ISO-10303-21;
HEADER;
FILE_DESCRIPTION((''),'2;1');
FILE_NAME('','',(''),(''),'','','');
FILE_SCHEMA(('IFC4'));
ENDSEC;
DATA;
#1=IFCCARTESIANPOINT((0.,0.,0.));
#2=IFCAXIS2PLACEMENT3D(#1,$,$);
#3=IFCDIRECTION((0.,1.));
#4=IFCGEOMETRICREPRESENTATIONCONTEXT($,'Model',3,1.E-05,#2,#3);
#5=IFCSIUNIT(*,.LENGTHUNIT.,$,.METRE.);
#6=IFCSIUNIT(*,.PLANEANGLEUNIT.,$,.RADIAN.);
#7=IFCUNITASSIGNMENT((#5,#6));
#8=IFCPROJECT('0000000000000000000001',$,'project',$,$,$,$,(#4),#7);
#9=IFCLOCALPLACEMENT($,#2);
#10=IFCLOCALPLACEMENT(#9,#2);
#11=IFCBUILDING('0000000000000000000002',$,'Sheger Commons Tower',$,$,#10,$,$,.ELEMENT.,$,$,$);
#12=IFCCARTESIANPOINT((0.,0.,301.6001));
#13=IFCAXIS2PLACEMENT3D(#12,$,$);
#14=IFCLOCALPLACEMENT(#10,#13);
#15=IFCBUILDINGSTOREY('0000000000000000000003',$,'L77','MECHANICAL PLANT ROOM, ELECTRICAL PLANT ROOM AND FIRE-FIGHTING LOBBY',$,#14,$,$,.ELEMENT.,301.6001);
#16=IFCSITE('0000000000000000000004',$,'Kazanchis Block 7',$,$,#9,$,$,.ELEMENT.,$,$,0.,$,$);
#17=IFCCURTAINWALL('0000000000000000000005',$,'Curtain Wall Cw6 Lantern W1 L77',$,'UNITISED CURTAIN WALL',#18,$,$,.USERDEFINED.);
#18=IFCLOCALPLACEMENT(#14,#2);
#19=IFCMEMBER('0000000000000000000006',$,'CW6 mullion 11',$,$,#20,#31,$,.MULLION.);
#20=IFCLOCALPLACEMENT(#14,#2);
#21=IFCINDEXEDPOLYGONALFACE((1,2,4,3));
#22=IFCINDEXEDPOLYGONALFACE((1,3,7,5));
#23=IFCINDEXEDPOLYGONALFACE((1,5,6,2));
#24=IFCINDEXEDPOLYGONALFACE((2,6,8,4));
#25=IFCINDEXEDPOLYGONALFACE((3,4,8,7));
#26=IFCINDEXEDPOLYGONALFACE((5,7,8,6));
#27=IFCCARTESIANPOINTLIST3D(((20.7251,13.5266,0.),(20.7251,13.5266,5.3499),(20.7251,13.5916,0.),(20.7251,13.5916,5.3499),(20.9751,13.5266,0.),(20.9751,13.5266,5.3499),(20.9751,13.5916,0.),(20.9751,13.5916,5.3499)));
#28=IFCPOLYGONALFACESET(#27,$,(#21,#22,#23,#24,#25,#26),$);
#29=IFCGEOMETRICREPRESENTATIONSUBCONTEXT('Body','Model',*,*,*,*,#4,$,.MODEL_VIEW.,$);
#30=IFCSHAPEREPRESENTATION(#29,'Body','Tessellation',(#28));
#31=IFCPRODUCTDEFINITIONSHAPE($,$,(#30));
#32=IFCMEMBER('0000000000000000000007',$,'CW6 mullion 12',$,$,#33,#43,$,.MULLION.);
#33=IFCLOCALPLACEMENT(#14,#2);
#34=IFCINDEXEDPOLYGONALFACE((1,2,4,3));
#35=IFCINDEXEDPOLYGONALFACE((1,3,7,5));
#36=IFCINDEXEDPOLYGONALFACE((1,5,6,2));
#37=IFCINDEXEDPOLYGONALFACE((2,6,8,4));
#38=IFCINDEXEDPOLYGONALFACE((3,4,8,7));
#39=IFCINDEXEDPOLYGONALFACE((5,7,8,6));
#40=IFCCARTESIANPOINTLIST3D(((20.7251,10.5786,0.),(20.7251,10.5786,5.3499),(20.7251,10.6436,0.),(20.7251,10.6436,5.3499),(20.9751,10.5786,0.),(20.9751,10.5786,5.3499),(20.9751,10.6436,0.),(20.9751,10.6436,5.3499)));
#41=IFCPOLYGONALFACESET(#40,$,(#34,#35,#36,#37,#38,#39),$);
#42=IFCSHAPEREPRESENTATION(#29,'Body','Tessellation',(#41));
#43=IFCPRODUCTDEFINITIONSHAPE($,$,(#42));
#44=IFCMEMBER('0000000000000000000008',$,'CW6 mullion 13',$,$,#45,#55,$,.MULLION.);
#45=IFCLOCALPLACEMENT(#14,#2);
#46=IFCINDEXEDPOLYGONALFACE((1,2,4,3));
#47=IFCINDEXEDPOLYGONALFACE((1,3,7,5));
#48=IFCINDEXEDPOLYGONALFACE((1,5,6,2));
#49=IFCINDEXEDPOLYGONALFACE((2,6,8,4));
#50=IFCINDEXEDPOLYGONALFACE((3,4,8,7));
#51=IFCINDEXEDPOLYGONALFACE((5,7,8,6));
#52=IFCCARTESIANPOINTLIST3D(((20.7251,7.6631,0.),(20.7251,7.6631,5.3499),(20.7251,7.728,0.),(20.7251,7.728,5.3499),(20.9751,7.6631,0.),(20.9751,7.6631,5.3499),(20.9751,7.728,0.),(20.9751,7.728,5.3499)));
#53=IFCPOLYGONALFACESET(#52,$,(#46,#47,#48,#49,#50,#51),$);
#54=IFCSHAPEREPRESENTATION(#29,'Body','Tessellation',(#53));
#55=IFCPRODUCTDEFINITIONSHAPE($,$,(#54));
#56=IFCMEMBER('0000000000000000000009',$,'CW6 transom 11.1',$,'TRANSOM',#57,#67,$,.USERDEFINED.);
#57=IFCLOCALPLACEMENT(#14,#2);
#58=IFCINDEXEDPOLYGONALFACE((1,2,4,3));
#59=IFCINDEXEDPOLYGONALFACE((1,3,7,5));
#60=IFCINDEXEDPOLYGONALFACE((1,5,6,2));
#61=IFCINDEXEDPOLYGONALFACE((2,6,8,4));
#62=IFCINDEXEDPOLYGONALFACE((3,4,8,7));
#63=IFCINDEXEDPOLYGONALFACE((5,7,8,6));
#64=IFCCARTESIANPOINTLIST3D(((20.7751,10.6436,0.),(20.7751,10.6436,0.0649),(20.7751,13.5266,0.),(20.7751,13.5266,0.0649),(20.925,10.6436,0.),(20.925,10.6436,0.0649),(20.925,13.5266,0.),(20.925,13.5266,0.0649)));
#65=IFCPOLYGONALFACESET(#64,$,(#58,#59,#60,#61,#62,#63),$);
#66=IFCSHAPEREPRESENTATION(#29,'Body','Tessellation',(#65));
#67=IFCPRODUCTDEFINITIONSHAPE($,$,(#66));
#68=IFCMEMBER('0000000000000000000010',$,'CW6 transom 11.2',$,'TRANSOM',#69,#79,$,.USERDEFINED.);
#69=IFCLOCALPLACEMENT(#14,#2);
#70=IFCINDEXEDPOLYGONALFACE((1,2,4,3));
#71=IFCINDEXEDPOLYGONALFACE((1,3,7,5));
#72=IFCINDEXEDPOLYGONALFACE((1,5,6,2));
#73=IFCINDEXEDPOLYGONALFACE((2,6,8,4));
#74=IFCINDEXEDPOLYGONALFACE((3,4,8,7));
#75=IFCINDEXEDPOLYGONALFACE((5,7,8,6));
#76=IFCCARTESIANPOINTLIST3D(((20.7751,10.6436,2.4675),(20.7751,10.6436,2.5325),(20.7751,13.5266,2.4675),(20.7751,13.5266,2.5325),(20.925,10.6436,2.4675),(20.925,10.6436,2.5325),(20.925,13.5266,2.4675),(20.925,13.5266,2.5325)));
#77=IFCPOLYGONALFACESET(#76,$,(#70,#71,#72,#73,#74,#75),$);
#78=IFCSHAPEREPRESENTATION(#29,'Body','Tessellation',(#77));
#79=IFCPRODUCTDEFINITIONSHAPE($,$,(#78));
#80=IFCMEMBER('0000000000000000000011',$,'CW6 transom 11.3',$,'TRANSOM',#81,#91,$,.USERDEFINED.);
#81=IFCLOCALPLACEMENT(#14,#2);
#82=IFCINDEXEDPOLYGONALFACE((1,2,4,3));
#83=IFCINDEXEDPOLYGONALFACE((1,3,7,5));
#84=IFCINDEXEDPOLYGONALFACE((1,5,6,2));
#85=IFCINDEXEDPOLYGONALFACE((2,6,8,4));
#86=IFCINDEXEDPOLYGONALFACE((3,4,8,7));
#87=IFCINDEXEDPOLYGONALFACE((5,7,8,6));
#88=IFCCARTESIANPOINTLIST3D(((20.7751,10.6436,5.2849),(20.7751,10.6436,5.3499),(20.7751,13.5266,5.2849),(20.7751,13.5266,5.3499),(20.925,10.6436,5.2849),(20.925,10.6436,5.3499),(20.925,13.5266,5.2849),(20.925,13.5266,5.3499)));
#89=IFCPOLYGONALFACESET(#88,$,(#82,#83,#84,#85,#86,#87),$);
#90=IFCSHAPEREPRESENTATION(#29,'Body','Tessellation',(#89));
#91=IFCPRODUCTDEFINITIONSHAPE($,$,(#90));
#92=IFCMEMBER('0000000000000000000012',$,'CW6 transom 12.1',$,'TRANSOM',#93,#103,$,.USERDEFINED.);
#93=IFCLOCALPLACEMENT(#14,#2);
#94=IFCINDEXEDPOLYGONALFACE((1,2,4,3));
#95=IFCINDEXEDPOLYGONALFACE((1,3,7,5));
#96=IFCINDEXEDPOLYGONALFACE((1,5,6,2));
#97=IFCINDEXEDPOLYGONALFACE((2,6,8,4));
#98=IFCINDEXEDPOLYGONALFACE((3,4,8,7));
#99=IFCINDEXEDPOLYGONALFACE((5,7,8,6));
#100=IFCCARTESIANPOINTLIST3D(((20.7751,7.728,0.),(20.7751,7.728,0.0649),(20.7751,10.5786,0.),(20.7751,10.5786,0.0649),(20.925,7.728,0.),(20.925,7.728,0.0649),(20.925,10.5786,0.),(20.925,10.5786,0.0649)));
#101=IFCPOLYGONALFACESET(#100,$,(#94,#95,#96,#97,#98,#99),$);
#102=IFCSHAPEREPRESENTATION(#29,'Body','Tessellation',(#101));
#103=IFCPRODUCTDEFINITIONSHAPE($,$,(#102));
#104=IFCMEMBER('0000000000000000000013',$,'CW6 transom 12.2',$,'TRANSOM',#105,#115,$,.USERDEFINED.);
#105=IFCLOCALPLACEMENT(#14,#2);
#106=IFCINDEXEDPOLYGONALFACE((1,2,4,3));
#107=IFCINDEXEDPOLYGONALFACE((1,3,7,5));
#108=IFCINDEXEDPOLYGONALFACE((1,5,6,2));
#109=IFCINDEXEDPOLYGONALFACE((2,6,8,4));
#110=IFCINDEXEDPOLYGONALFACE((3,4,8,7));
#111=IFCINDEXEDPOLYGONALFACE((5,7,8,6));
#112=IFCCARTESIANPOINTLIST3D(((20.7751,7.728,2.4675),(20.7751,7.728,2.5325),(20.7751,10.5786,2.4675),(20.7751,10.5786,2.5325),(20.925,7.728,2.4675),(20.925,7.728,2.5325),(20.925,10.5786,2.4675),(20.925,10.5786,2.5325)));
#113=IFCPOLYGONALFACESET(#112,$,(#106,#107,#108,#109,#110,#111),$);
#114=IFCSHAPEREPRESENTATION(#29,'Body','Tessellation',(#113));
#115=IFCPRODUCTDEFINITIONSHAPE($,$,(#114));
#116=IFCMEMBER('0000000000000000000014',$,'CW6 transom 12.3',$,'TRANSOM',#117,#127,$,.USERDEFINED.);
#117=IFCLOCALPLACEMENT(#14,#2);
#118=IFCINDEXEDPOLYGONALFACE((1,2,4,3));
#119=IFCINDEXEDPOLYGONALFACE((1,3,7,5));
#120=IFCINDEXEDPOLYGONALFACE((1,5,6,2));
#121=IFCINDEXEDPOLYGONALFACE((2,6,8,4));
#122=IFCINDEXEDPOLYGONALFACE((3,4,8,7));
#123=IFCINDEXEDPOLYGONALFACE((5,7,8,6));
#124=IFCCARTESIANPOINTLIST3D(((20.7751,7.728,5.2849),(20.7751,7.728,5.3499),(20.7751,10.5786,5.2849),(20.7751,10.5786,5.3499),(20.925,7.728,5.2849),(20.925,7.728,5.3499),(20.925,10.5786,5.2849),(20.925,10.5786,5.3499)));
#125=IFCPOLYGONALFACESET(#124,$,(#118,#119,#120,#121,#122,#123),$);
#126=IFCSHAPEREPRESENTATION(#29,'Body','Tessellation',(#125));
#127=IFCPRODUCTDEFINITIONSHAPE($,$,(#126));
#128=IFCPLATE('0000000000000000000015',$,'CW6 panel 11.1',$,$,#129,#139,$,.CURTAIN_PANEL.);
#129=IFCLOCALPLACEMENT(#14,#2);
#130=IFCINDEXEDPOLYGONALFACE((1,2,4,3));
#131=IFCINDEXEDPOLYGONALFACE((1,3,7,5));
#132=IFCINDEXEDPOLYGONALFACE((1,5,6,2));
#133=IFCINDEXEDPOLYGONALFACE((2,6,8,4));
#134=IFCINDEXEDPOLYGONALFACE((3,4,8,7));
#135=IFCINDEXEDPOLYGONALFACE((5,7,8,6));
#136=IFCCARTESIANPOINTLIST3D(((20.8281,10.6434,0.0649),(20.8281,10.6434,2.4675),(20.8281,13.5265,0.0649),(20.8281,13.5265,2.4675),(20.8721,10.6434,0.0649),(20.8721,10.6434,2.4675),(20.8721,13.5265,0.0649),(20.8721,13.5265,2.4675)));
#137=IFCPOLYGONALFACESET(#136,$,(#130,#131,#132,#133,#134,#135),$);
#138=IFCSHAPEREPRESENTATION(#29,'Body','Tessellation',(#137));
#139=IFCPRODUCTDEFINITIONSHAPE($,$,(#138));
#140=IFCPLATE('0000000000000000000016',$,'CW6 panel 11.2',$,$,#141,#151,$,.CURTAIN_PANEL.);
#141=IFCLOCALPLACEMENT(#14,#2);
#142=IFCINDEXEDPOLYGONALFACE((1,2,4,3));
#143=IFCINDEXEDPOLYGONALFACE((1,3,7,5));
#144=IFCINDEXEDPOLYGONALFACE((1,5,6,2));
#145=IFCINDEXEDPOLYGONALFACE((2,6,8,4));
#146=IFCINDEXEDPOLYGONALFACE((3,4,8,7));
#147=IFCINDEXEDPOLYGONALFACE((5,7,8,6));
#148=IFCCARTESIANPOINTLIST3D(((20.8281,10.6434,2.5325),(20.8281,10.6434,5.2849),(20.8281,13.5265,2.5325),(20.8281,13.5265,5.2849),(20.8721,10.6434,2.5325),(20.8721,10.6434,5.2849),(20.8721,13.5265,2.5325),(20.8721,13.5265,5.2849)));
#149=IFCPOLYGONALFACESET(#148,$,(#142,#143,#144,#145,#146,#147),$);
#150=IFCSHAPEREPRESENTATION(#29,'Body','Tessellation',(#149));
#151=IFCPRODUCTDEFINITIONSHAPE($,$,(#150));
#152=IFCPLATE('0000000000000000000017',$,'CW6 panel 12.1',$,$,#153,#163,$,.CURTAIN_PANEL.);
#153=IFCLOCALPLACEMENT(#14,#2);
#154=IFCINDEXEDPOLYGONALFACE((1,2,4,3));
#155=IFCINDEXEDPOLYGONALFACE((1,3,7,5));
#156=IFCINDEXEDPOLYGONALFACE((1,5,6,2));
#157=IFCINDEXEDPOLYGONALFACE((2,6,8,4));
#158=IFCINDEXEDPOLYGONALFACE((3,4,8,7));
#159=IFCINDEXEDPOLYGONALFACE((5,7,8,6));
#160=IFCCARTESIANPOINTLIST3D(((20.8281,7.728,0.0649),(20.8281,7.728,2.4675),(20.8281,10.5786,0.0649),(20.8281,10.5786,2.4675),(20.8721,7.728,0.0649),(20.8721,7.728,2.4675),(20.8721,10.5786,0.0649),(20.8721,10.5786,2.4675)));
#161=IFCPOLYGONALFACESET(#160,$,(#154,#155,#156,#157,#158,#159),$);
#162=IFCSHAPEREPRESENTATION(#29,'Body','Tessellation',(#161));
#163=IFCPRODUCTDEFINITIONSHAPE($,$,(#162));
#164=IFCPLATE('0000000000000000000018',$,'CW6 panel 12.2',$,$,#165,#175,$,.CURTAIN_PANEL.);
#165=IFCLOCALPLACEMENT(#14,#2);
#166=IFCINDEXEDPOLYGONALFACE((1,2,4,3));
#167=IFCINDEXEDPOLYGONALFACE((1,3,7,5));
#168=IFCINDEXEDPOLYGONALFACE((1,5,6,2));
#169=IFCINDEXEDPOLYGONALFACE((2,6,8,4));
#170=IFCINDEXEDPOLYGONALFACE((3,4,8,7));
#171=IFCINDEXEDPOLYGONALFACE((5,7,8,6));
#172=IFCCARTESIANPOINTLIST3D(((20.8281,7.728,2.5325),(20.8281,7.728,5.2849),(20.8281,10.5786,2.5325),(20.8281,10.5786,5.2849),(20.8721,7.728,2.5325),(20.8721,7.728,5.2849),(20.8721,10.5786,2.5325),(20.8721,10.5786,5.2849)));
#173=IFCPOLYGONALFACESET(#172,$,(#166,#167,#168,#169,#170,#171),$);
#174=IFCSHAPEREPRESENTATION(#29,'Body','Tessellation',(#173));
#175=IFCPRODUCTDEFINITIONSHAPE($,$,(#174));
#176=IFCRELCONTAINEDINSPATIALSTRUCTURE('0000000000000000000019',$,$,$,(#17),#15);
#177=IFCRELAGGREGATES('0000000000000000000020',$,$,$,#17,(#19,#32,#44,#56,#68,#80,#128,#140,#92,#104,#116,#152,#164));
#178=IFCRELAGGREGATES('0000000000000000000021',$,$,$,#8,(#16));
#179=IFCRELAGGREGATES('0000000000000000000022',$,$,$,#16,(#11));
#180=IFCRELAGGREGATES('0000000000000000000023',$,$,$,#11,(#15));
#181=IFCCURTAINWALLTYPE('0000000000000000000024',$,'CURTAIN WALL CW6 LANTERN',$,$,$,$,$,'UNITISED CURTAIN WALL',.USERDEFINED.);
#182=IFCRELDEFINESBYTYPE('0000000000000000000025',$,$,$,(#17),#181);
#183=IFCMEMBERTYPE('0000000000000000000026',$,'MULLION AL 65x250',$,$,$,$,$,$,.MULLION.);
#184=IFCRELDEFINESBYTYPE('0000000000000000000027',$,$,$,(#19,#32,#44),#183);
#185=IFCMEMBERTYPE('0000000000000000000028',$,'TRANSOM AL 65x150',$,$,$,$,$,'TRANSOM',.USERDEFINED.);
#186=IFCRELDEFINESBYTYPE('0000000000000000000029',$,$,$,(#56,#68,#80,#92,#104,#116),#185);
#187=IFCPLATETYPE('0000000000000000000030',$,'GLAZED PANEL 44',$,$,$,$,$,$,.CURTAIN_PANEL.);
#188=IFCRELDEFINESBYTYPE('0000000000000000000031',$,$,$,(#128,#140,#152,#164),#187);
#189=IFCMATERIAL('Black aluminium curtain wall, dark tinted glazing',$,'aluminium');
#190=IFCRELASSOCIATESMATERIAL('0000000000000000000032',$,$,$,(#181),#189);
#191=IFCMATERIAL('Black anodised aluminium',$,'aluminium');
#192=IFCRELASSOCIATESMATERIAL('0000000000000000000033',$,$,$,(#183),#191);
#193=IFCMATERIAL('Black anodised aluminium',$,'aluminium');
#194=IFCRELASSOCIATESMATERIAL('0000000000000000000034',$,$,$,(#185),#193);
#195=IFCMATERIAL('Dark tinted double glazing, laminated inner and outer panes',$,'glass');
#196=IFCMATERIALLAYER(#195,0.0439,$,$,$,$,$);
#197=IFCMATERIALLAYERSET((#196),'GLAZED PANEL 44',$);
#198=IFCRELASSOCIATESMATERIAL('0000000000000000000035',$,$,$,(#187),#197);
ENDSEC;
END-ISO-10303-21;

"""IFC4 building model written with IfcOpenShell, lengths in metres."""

from ifc_helpers import new_model, si_unit, direction, frame, origin, origin_2d, place, context, subcontext, project, spatial, rectangle, extrude, material, layer, layer_set, material_profile, profile_set, type_object, element, aggregate, save


model = new_model("IFC4")

# Units and contexts
model_context = context("Model", 3, precision=1e-05, world=origin(), true_north=direction((0.0, 1.0)))
body_context = subcontext(model_context, "Body", "Model", "MODEL_VIEW")
ifc_project = project(units=[si_unit("LENGTHUNIT", "METRE"), si_unit("PLANEANGLEUNIT", "RADIAN")], contexts=[model_context])

# Site, building, storey
site_placement = place(None, origin())
site = spatial("IfcSite", under=ifc_project, at=site_placement, Name="Kazanchis Block 7", CompositionType="ELEMENT", RefElevation=0.0)
building_placement = place(site_placement, origin())
building = spatial("IfcBuilding", under=site, at=building_placement, Name="Sheger Commons Tower", CompositionType="ELEMENT")
storey_placement = place(building_placement, frame((0.0, 0.0, 301.6001)))
storey = spatial("IfcBuildingStorey", under=building, at=storey_placement, Name="L77", Description="MECHANICAL PLANT ROOM, ELECTRICAL PLANT ROOM AND FIRE-FIGHTING LOBBY", CompositionType="ELEMENT", Elevation=301.6001)

# Curtain wall, members, plates
ifc_material_1 = material(Name="Black aluminium curtain wall, dark tinted glazing", Category="aluminium")
curtain_wall_type = type_object("IfcCurtainWallType", Name="CURTAIN WALL CW6 LANTERN", ElementType="UNITISED CURTAIN WALL", PredefinedType="USERDEFINED", material=ifc_material_1)
curtain_wall_placement = place(storey_placement, origin())
curtain_wall = element("IfcCurtainWall", 1, at=curtain_wall_placement, inside=storey, type_object=curtain_wall_type, Name="Curtain Wall Cw6 Lantern W1 L77", ObjectType="UNITISED CURTAIN WALL", PredefinedType="USERDEFINED")
ifc_material_2 = material(Name="Black anodised aluminium", Category="aluminium")
ifc_material_profile_1 = material_profile(ifc_material_2, rectangle(XDim=0.25, YDim=0.0649, at=origin_2d()), Name="AL 65x250")
ifc_profile_set_1 = profile_set([ifc_material_profile_1], Name="Black anodised aluminium")
member_type_1 = type_object("IfcMemberType", Name="MULLION AL 65x250", PredefinedType="MULLION", material=ifc_profile_set_1)
member_1_placement = place(storey_placement, frame((20.8501, 13.5591, 0.0), z_axis=(0.0, 0.0, 1.0), x_axis=(1.0, 0.0, 0.0)))
member_1 = element("IfcMember", 2, at=member_1_placement, type_object=member_type_1, Name="CW6 mullion 11", PredefinedType="MULLION", context=body_context, shape_type="SweptSolid", body=[
    extrude(rectangle(XDim=0.25, YDim=0.0649, at=origin_2d()), origin(), (0.0, 0.0, 1.0), 5.3499),
])
member_2_placement = place(storey_placement, frame((20.8501, 10.6111, 0.0), z_axis=(0.0, 0.0, 1.0), x_axis=(1.0, 0.0, 0.0)))
member_2 = element("IfcMember", 3, at=member_2_placement, type_object=member_type_1, Name="CW6 mullion 12", PredefinedType="MULLION", context=body_context, shape_type="SweptSolid", body=[
    extrude(rectangle(XDim=0.25, YDim=0.0649, at=origin_2d()), origin(), (0.0, 0.0, 1.0), 5.3499),
])
member_3_placement = place(storey_placement, frame((20.8501, 7.6956, 0.0), z_axis=(0.0, 0.0, 1.0), x_axis=(1.0, 0.0, 0.0)))
member_3 = element("IfcMember", 4, at=member_3_placement, type_object=member_type_1, Name="CW6 mullion 13", PredefinedType="MULLION", context=body_context, shape_type="SweptSolid", body=[
    extrude(rectangle(XDim=0.25, YDim=0.0649, at=origin_2d()), origin(), (0.0, 0.0, 1.0), 5.3499),
])
ifc_material_3 = material(Name="Black anodised aluminium", Category="aluminium")
ifc_material_profile_2 = material_profile(ifc_material_3, rectangle(XDim=0.1499, YDim=0.0649, at=origin_2d()), Name="AL 65x150")
ifc_profile_set_2 = profile_set([ifc_material_profile_2], Name="Black anodised aluminium")
member_type_2 = type_object("IfcMemberType", Name="TRANSOM AL 65x150", ElementType="TRANSOM", PredefinedType="USERDEFINED", material=ifc_profile_set_2)
member_4_placement = place(storey_placement, frame((20.8501, 13.5266, 0.0325), z_axis=(0.0, -1.0, 0.0), x_axis=(1.0, 0.0, 0.0)))
member_4 = element("IfcMember", 5, at=member_4_placement, type_object=member_type_2, Name="CW6 transom 11.1", ObjectType="TRANSOM", PredefinedType="USERDEFINED", context=body_context, shape_type="SweptSolid", body=[
    extrude(rectangle(XDim=0.1499, YDim=0.0649, at=origin_2d()), origin(), (0.0, 0.0, 1.0), 2.8831),
])
member_5_placement = place(storey_placement, frame((20.8501, 13.5266, 2.5), z_axis=(0.0, -1.0, 0.0), x_axis=(1.0, 0.0, 0.0)))
member_5 = element("IfcMember", 6, at=member_5_placement, type_object=member_type_2, Name="CW6 transom 11.2", ObjectType="TRANSOM", PredefinedType="USERDEFINED", context=body_context, shape_type="SweptSolid", body=[
    extrude(rectangle(XDim=0.1499, YDim=0.0649, at=origin_2d()), origin(), (0.0, 0.0, 1.0), 2.8831),
])
member_6_placement = place(storey_placement, frame((20.8501, 13.5266, 5.3174), z_axis=(0.0, -1.0, 0.0), x_axis=(1.0, 0.0, 0.0)))
member_6 = element("IfcMember", 7, at=member_6_placement, type_object=member_type_2, Name="CW6 transom 11.3", ObjectType="TRANSOM", PredefinedType="USERDEFINED", context=body_context, shape_type="SweptSolid", body=[
    extrude(rectangle(XDim=0.1499, YDim=0.0649, at=origin_2d()), origin(), (0.0, 0.0, 1.0), 2.8831),
])
member_7_placement = place(storey_placement, frame((20.8501, 10.5786, 0.0325), z_axis=(0.0, -1.0, 0.0), x_axis=(1.0, 0.0, 0.0)))
member_7 = element("IfcMember", 8, at=member_7_placement, type_object=member_type_2, Name="CW6 transom 12.1", ObjectType="TRANSOM", PredefinedType="USERDEFINED", context=body_context, shape_type="SweptSolid", body=[
    extrude(rectangle(XDim=0.1499, YDim=0.0649, at=origin_2d()), origin(), (0.0, 0.0, 1.0), 2.8506),
])
member_8_placement = place(storey_placement, frame((20.8501, 10.5786, 2.5), z_axis=(0.0, -1.0, 0.0), x_axis=(1.0, 0.0, 0.0)))
member_8 = element("IfcMember", 9, at=member_8_placement, type_object=member_type_2, Name="CW6 transom 12.2", ObjectType="TRANSOM", PredefinedType="USERDEFINED", context=body_context, shape_type="SweptSolid", body=[
    extrude(rectangle(XDim=0.1499, YDim=0.0649, at=origin_2d()), origin(), (0.0, 0.0, 1.0), 2.8506),
])
member_9_placement = place(storey_placement, frame((20.8501, 10.5786, 5.3174), z_axis=(0.0, -1.0, 0.0), x_axis=(1.0, 0.0, 0.0)))
member_9 = element("IfcMember", 10, at=member_9_placement, type_object=member_type_2, Name="CW6 transom 12.3", ObjectType="TRANSOM", PredefinedType="USERDEFINED", context=body_context, shape_type="SweptSolid", body=[
    extrude(rectangle(XDim=0.1499, YDim=0.0649, at=origin_2d()), origin(), (0.0, 0.0, 1.0), 2.8506),
])
ifc_material_4 = material(Name="Dark tinted double glazing, laminated inner and outer panes", Category="glass")
ifc_layer_1 = layer(ifc_material_4, 0.0439)
ifc_layer_set_1 = layer_set([ifc_layer_1], Name="GLAZED PANEL 44")
plate_type = type_object("IfcPlateType", Name="GLAZED PANEL 44", PredefinedType="CURTAIN_PANEL", material=ifc_layer_set_1)
plate_1_placement = place(storey_placement, frame((20.8501, 12.085, 0.0649), z_axis=(0.0, 0.0, 1.0), x_axis=(0.0, -1.0, 0.0)))
plate_1 = element("IfcPlate", 11, at=plate_1_placement, type_object=plate_type, Name="CW6 panel 11.1", PredefinedType="CURTAIN_PANEL", context=body_context, shape_type="SweptSolid", body=[
    extrude(rectangle(XDim=2.8831, YDim=0.0439, at=origin_2d()), origin(), (0.0, 0.0, 1.0), 2.4026),
])
plate_2_placement = place(storey_placement, frame((20.8501, 12.085, 2.5325), z_axis=(0.0, 0.0, 1.0), x_axis=(0.0, -1.0, 0.0)))
plate_2 = element("IfcPlate", 12, at=plate_2_placement, type_object=plate_type, Name="CW6 panel 11.2", PredefinedType="CURTAIN_PANEL", context=body_context, shape_type="SweptSolid", body=[
    extrude(rectangle(XDim=2.8831, YDim=0.0439, at=origin_2d()), origin(), (0.0, 0.0, 1.0), 2.7524),
])
plate_3_placement = place(storey_placement, frame((20.8501, 9.1533, 0.0649), z_axis=(0.0, 0.0, 1.0), x_axis=(0.0, -1.0, 0.0)))
plate_3 = element("IfcPlate", 13, at=plate_3_placement, type_object=plate_type, Name="CW6 panel 12.1", PredefinedType="CURTAIN_PANEL", context=body_context, shape_type="SweptSolid", body=[
    extrude(rectangle(XDim=2.8506, YDim=0.0439, at=origin_2d()), origin(), (0.0, 0.0, 1.0), 2.4026),
])
plate_4_placement = place(storey_placement, frame((20.8501, 9.1533, 2.5325), z_axis=(0.0, 0.0, 1.0), x_axis=(0.0, -1.0, 0.0)))
plate_4 = element("IfcPlate", 14, at=plate_4_placement, type_object=plate_type, Name="CW6 panel 12.2", PredefinedType="CURTAIN_PANEL", context=body_context, shape_type="SweptSolid", body=[
    extrude(rectangle(XDim=2.8506, YDim=0.0439, at=origin_2d()), origin(), (0.0, 0.0, 1.0), 2.7524),
])
aggregate(curtain_wall, [member_1, member_2, member_3, member_4, member_5, member_6, plate_1, plate_2, member_7, member_8, member_9, plate_3, plate_4])

save(model, "model.ifc")
